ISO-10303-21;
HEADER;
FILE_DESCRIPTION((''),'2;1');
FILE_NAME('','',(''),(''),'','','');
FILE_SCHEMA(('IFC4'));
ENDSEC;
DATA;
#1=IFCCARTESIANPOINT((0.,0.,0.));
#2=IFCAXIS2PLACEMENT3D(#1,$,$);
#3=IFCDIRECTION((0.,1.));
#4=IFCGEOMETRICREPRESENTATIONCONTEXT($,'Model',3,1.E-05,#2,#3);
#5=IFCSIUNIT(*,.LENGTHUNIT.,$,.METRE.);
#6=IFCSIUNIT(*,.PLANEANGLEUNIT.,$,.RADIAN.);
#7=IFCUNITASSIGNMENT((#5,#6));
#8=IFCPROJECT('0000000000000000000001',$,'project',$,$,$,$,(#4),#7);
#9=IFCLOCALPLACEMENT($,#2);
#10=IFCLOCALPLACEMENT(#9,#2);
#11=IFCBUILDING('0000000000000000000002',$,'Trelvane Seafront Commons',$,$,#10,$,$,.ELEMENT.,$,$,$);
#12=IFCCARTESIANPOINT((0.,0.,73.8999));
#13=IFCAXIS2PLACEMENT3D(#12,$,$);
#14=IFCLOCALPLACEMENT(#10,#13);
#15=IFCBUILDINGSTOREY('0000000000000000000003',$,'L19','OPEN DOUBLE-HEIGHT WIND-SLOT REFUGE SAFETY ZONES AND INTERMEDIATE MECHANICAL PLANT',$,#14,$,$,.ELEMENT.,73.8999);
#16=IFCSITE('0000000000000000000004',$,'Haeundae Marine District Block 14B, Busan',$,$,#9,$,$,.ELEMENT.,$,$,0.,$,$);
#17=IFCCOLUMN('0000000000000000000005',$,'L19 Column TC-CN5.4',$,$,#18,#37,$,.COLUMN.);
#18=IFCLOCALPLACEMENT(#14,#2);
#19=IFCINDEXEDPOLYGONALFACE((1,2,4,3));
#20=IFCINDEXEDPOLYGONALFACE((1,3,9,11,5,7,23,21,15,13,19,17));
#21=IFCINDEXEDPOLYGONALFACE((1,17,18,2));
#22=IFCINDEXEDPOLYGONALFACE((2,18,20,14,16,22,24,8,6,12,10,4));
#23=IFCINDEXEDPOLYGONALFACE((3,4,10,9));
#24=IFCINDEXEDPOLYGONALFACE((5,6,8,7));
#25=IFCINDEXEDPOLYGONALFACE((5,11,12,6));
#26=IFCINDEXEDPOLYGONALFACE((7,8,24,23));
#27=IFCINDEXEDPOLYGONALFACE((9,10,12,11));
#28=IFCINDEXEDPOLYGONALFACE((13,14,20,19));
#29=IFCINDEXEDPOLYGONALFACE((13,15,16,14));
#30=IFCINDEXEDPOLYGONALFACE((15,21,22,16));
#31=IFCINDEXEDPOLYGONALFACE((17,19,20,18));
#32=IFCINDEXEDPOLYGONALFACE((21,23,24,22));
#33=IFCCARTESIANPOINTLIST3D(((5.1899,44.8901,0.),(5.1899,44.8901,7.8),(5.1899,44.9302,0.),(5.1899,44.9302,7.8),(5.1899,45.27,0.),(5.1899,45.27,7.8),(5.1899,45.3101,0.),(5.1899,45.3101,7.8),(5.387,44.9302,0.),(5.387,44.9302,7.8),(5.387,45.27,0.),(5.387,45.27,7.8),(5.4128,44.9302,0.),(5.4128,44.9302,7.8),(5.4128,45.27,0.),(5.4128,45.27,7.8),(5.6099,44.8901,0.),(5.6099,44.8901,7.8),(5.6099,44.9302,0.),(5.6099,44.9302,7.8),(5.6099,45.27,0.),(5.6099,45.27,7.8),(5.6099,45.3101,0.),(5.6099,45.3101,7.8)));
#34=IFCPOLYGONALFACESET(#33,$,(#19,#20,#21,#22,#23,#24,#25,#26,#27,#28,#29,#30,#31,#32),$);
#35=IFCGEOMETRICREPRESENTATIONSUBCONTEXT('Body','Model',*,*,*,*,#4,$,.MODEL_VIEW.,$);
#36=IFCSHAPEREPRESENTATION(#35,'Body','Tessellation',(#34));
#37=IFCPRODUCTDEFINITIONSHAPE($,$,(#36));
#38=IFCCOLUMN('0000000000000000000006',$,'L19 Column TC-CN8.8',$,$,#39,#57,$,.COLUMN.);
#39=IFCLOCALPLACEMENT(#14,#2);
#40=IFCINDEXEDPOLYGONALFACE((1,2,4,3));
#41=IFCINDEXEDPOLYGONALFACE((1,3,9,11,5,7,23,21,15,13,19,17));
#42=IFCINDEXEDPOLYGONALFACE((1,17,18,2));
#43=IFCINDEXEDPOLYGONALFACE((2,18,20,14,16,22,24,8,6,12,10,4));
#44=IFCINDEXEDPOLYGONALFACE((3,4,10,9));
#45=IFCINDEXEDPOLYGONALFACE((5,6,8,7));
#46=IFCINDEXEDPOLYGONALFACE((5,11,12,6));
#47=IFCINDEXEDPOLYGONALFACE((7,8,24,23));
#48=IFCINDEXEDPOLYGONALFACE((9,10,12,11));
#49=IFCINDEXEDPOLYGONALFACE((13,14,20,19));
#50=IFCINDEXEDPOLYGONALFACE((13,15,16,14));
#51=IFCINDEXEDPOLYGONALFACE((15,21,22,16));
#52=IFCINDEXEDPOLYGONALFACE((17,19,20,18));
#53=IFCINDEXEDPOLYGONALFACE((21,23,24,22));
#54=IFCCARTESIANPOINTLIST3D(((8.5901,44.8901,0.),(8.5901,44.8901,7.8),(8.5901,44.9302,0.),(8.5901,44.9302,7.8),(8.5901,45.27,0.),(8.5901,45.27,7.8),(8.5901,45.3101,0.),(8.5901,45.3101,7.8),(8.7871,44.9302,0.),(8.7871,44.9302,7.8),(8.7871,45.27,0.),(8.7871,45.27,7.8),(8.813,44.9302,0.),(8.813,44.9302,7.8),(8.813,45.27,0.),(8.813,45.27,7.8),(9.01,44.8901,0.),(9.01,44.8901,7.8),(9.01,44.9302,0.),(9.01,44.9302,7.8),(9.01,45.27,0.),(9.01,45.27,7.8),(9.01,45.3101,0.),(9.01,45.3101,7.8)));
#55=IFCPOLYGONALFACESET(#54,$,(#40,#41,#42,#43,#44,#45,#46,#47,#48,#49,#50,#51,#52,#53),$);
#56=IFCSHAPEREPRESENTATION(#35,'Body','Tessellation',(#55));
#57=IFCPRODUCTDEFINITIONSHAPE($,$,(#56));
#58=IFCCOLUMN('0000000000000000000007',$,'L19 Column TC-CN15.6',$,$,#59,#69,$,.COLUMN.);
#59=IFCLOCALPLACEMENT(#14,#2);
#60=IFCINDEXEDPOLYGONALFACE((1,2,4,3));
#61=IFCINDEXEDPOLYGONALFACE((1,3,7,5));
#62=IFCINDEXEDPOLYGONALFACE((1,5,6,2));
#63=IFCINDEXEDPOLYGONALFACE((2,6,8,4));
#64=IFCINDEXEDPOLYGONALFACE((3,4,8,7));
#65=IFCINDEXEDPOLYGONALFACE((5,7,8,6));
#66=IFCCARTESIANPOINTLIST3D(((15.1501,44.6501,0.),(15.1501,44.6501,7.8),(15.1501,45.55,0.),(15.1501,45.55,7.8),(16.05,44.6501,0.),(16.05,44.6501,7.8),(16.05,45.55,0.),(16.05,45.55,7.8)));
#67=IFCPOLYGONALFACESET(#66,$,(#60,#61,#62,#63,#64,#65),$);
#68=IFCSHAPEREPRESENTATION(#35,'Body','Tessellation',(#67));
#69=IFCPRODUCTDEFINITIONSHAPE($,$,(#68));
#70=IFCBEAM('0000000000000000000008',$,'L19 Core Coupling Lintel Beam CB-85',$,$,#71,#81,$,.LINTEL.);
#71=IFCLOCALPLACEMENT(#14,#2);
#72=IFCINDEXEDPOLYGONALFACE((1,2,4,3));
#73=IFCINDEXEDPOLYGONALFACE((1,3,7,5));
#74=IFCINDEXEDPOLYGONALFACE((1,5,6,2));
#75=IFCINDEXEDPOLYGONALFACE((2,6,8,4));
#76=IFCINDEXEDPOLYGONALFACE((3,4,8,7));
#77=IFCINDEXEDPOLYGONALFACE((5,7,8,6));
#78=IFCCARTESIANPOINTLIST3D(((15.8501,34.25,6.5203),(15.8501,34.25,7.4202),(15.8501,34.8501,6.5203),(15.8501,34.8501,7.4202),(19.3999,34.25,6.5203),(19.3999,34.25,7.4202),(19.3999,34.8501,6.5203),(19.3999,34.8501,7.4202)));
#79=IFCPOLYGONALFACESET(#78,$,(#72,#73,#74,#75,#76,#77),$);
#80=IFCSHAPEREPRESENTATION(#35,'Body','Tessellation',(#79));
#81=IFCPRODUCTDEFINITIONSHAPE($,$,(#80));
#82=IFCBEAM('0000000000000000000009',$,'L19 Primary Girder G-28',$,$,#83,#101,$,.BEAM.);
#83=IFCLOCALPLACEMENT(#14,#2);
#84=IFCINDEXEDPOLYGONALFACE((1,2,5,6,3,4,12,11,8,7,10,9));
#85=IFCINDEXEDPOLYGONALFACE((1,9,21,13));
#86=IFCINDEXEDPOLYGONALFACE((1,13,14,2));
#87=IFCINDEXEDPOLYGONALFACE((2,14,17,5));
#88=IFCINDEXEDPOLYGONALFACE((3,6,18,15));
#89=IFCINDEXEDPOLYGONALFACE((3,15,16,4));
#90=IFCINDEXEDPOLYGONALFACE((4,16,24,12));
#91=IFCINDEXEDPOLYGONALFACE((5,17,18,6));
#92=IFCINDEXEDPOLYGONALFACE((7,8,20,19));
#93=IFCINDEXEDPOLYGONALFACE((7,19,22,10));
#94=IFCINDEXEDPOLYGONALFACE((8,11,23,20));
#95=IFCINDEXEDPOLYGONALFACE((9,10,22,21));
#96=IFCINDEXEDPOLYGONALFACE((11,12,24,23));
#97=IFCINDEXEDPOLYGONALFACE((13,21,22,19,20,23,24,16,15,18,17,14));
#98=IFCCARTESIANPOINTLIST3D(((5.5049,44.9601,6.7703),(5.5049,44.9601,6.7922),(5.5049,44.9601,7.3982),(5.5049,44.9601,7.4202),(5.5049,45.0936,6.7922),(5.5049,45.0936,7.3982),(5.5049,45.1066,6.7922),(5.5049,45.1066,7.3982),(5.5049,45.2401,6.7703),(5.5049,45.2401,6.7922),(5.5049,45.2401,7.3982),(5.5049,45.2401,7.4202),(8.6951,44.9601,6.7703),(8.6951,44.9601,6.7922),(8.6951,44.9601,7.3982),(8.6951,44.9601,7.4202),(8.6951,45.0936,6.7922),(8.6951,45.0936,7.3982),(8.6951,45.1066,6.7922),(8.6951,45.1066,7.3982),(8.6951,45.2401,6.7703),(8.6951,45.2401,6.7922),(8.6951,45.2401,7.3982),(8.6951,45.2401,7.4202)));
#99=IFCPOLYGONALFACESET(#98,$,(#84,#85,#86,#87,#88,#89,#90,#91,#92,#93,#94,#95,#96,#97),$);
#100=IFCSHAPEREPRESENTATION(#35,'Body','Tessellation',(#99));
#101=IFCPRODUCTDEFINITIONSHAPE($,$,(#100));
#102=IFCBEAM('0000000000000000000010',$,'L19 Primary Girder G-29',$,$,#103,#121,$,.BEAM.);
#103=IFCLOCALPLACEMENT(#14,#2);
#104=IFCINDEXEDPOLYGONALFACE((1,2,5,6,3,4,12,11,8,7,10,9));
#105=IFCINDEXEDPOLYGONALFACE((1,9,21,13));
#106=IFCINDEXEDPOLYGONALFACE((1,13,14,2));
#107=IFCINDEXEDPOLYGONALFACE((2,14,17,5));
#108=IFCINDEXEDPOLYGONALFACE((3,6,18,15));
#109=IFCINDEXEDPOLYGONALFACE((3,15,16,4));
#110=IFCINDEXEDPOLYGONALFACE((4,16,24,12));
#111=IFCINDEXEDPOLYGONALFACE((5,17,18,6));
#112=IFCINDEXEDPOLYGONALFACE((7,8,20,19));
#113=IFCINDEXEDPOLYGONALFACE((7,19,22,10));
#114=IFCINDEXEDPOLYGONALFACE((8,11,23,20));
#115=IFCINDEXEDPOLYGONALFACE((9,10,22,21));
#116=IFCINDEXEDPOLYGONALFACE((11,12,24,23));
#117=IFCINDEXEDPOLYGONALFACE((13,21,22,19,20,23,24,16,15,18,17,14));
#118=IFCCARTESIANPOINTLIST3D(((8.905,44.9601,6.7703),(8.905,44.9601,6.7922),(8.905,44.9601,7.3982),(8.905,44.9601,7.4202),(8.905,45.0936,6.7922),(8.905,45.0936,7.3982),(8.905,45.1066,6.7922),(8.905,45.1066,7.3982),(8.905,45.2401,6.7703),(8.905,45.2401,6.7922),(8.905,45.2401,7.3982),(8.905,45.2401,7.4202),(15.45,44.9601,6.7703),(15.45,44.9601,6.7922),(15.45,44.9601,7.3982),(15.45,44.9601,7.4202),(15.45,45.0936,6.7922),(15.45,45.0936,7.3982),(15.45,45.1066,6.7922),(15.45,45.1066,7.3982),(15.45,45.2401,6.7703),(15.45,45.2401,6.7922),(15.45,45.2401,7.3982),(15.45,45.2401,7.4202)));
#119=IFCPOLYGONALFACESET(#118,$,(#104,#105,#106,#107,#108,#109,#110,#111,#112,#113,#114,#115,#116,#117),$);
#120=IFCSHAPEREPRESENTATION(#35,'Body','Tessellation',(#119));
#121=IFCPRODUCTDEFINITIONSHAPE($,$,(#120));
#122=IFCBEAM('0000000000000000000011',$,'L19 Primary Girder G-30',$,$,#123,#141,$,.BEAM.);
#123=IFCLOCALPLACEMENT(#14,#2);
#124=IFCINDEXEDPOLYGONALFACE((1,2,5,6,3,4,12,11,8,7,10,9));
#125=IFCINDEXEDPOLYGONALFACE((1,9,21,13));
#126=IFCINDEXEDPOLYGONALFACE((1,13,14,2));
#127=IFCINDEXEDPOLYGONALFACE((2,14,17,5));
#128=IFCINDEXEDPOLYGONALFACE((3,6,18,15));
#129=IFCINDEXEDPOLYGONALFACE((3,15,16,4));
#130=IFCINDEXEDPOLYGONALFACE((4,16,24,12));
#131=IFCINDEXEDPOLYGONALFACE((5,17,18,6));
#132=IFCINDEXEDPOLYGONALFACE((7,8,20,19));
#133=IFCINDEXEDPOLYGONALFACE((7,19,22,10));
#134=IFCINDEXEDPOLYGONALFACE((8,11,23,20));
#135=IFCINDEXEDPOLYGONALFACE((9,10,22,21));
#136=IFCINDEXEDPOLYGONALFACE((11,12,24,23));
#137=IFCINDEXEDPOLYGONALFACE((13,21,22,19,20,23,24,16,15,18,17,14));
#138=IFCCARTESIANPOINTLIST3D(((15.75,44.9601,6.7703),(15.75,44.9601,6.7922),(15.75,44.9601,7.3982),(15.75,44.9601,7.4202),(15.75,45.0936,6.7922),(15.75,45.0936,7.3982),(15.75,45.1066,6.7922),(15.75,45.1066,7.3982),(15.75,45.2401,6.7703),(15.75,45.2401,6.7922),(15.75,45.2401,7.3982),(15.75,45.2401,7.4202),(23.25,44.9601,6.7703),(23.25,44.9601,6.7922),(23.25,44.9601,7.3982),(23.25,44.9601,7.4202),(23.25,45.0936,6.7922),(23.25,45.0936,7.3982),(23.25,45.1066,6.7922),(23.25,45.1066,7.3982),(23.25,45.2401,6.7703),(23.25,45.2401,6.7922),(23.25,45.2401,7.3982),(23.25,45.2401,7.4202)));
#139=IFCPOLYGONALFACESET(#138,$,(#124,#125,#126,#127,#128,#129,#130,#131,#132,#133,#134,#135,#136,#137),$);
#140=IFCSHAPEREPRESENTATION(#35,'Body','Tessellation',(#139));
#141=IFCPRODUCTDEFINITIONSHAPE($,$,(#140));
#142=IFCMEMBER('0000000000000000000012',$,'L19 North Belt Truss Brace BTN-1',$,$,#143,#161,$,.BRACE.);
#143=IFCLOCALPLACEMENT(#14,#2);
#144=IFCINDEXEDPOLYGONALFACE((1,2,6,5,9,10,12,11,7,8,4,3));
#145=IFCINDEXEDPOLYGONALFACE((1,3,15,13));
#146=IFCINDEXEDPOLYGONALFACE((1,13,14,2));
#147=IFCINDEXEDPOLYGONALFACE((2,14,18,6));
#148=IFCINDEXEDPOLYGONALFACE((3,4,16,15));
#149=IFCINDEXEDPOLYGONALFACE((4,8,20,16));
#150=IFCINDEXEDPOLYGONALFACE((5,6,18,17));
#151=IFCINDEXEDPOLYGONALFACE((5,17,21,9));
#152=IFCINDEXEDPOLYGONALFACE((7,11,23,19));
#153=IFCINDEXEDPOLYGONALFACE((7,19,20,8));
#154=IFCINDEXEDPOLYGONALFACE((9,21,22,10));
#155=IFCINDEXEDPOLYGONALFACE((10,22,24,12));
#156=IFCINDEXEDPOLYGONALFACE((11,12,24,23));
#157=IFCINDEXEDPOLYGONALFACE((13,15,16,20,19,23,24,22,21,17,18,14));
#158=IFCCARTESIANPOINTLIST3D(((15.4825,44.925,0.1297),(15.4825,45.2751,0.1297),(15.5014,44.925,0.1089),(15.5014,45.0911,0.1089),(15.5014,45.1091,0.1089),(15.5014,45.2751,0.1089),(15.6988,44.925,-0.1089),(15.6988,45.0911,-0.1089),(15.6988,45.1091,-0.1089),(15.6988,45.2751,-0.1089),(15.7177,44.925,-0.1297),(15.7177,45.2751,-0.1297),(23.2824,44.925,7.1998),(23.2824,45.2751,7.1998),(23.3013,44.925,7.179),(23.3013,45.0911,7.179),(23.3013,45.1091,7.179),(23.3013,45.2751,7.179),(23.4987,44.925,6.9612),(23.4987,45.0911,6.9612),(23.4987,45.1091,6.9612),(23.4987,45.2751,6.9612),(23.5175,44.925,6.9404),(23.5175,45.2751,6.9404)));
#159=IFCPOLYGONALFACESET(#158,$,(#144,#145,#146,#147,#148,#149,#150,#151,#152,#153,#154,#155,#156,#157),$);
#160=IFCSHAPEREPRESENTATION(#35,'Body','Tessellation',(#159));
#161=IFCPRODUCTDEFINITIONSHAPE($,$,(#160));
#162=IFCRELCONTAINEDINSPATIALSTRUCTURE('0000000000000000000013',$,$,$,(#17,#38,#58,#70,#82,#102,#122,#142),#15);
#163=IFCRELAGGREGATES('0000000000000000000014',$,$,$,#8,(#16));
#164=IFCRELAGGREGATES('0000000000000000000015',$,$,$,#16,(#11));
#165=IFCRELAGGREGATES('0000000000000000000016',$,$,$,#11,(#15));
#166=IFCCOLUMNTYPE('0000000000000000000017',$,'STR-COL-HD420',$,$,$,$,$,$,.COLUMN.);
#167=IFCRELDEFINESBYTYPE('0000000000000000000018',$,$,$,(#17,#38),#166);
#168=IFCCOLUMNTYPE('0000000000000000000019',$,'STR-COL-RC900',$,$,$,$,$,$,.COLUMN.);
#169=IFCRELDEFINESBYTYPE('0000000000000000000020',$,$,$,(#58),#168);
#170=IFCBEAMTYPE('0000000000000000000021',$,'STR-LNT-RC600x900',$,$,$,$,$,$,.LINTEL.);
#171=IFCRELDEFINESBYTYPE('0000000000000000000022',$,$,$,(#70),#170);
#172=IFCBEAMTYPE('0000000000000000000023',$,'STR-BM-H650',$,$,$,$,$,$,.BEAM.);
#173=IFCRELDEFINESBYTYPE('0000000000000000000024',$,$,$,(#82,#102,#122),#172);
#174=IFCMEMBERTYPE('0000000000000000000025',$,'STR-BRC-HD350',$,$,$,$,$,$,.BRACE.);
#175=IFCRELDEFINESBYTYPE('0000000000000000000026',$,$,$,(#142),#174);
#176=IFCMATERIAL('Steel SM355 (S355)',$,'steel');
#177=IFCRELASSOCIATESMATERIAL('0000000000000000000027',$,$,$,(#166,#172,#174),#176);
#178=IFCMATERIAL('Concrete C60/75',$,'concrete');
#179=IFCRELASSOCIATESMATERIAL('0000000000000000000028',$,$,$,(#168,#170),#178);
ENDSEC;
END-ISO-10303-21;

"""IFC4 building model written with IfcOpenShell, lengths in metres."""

from ifc_helpers import new_model, si_unit, direction, frame, origin, origin_2d, place, context, subcontext, project, spatial, rectangle, i_section, extrude, source, transform, mapped, material, material_profile, profile_set, type_object, element, save


model = new_model("IFC4")

# Units and contexts
model_context = context("Model", 3, precision=1e-05, world=origin(), true_north=direction((0.0, 1.0)))
body_context = subcontext(model_context, "Body", "Model", "MODEL_VIEW")
ifc_project = project(units=[si_unit("LENGTHUNIT", "METRE"), si_unit("PLANEANGLEUNIT", "RADIAN")], contexts=[model_context])

# Site, building, storey
site_placement = place(None, origin())
site = spatial("IfcSite", under=ifc_project, at=site_placement, Name="Haeundae Marine District Block 14B, Busan", CompositionType="ELEMENT", RefElevation=0.0)
building_placement = place(site_placement, origin())
building = spatial("IfcBuilding", under=site, at=building_placement, Name="Trelvane Seafront Commons", CompositionType="ELEMENT")
storey_placement = place(building_placement, frame((0.0, 0.0, 73.8999)))
storey = spatial("IfcBuildingStorey", under=building, at=storey_placement, Name="L19", Description="OPEN DOUBLE-HEIGHT WIND-SLOT REFUGE SAFETY ZONES AND INTERMEDIATE MECHANICAL PLANT", CompositionType="ELEMENT", Elevation=73.8999)

# Columns
ifc_material_1 = material(Name="Steel SM355 (S355)", Category="steel")
ifc_material_profile_1 = material_profile(ifc_material_1, i_section(OverallWidth=0.4199, OverallDepth=0.4199, WebThickness=0.0259, FlangeThickness=0.04, at=origin_2d()), Name="HD-420x420x26x40")
ifc_profile_set_1 = profile_set([ifc_material_profile_1], Name="Steel SM355 (S355)")
column_type_1 = type_object("IfcColumnType", Name="STR-COL-HD420", PredefinedType="COLUMN", material=ifc_profile_set_1)
shared_shape_1 = source(origin(), body_context, "Body", "SweptSolid", [
    extrude(i_section(OverallWidth=0.4199, OverallDepth=0.4199, WebThickness=0.0259, FlangeThickness=0.04, at=origin_2d()), origin(), (0.0, 0.0, 1.0), 7.8),
])
for number, where, z_axis, x_axis, name in (
    (1, (5.3999, 45.1001, 0.0), (0.0, 0.0, 1.0), (1.0, 0.0, 0.0), "L19 Column TC-CN5.4"),
    (2, (8.8, 45.1001, 0.0), (0.0, 0.0, 1.0), (1.0, 0.0, 0.0), "L19 Column TC-CN8.8"),
):
    element("IfcColumn", number, at=place(storey_placement, frame(where, z_axis=z_axis, x_axis=x_axis)), inside=storey, type_object=column_type_1, Name=name, PredefinedType="COLUMN", context=body_context, shape_type="MappedRepresentation", body=[
        mapped(shared_shape_1, transform((0.0, 0.0, 0.0), x_axis=(1.0, 0.0, 0.0), y_axis=(0.0, 1.0, 0.0), z_axis=(0.0, 0.0, 1.0), scale=1.0)),
    ])
ifc_material_2 = material(Name="Concrete C60/75", Category="concrete")
ifc_material_profile_2 = material_profile(ifc_material_2, rectangle(XDim=0.8999, YDim=0.8999, at=origin_2d()), Name="RC-900x900")
ifc_profile_set_2 = profile_set([ifc_material_profile_2], Name="Concrete C60/75")
column_type_2 = type_object("IfcColumnType", Name="STR-COL-RC900", PredefinedType="COLUMN", material=ifc_profile_set_2)
shared_shape_2 = source(origin(), body_context, "Body", "SweptSolid", [
    extrude(rectangle(XDim=0.8999, YDim=0.8999, at=origin_2d()), origin(), (0.0, 0.0, 1.0), 7.8),
])
column_placement = place(storey_placement, frame((15.6001, 45.1001, 0.0), z_axis=(0.0, 0.0, 1.0), x_axis=(1.0, 0.0, 0.0)))
element("IfcColumn", 3, at=column_placement, inside=storey, type_object=column_type_2, Name="L19 Column TC-CN15.6", PredefinedType="COLUMN", context=body_context, shape_type="MappedRepresentation", body=[
    mapped(shared_shape_2, transform((0.0, 0.0, 0.0), x_axis=(1.0, 0.0, 0.0), y_axis=(0.0, 1.0, 0.0), z_axis=(0.0, 0.0, 1.0), scale=1.0)),
])

# Beams
ifc_material_profile_3 = material_profile(ifc_material_2, rectangle(XDim=0.6001, YDim=0.8999, at=origin_2d()), Name="RC-600x900")
ifc_profile_set_3 = profile_set([ifc_material_profile_3], Name="Concrete C60/75")
beam_type_1 = type_object("IfcBeamType", Name="STR-LNT-RC600x900", PredefinedType="LINTEL", material=ifc_profile_set_3)
shared_shape_3 = source(origin(), body_context, "Body", "SweptSolid", [
    extrude(rectangle(XDim=0.6001, YDim=0.8999, at=origin_2d()), origin(), (0.0, 0.0, 1.0), 3.5498),
])
beam_1_placement = place(storey_placement, frame((15.8501, 34.55, 6.9702), z_axis=(1.0, 0.0, 0.0), x_axis=(0.0, 1.0, 0.0)))
element("IfcBeam", 4, at=beam_1_placement, inside=storey, type_object=beam_type_1, Name="L19 Core Coupling Lintel Beam CB-85", PredefinedType="LINTEL", context=body_context, shape_type="MappedRepresentation", body=[
    mapped(shared_shape_3, transform((0.0, 0.0, 0.0), x_axis=(1.0, 0.0, 0.0), y_axis=(0.0, 1.0, 0.0), z_axis=(0.0, 0.0, 1.0), scale=1.0)),
])
ifc_material_profile_4 = material_profile(ifc_material_1, i_section(OverallWidth=0.28, OverallDepth=0.6499, WebThickness=0.0129, FlangeThickness=0.022, at=origin_2d()), Name="H-650x280x13x22")
ifc_profile_set_4 = profile_set([ifc_material_profile_4], Name="Steel SM355 (S355)")
beam_type_2 = type_object("IfcBeamType", Name="STR-BM-H650", PredefinedType="BEAM", material=ifc_profile_set_4)
shared_shape_4 = source(origin(), body_context, "Body", "SweptSolid", [
    extrude(i_section(OverallWidth=0.28, OverallDepth=0.6499, WebThickness=0.0129, FlangeThickness=0.022, at=origin_2d()), origin(), (0.0, 0.0, 1.0), 3.1902),
])
beam_2_placement = place(storey_placement, frame((5.5049, 45.1001, 7.0952), z_axis=(1.0, 0.0, 0.0), x_axis=(0.0, 1.0, 0.0)))
element("IfcBeam", 5, at=beam_2_placement, inside=storey, type_object=beam_type_2, Name="L19 Primary Girder G-28", PredefinedType="BEAM", context=body_context, shape_type="MappedRepresentation", body=[
    mapped(shared_shape_4, transform((0.0, 0.0, 0.0), x_axis=(1.0, 0.0, 0.0), y_axis=(0.0, 1.0, 0.0), z_axis=(0.0, 0.0, 1.0), scale=1.0)),
])
shared_shape_5 = source(origin(), body_context, "Body", "SweptSolid", [
    extrude(i_section(OverallWidth=0.28, OverallDepth=0.6499, WebThickness=0.0129, FlangeThickness=0.022, at=origin_2d()), origin(), (0.0, 0.0, 1.0), 6.5449),
])
beam_3_placement = place(storey_placement, frame((8.905, 45.1001, 7.0952), z_axis=(1.0, 0.0, 0.0), x_axis=(0.0, 1.0, 0.0)))
element("IfcBeam", 6, at=beam_3_placement, inside=storey, type_object=beam_type_2, Name="L19 Primary Girder G-29", PredefinedType="BEAM", context=body_context, shape_type="MappedRepresentation", body=[
    mapped(shared_shape_5, transform((0.0, 0.0, 0.0), x_axis=(1.0, 0.0, 0.0), y_axis=(0.0, 1.0, 0.0), z_axis=(0.0, 0.0, 1.0), scale=1.0)),
])
shared_shape_6 = source(origin(), body_context, "Body", "SweptSolid", [
    extrude(i_section(OverallWidth=0.28, OverallDepth=0.6499, WebThickness=0.0129, FlangeThickness=0.022, at=origin_2d()), origin(), (0.0, 0.0, 1.0), 7.5),
])
beam_4_placement = place(storey_placement, frame((15.75, 45.1001, 7.0952), z_axis=(1.0, 0.0, 0.0), x_axis=(0.0, 1.0, 0.0)))
element("IfcBeam", 7, at=beam_4_placement, inside=storey, type_object=beam_type_2, Name="L19 Primary Girder G-30", PredefinedType="BEAM", context=body_context, shape_type="MappedRepresentation", body=[
    mapped(shared_shape_6, transform((0.0, 0.0, 0.0), x_axis=(1.0, 0.0, 0.0), y_axis=(0.0, 1.0, 0.0), z_axis=(0.0, 0.0, 1.0), scale=1.0)),
])

# Member
ifc_material_profile_5 = material_profile(ifc_material_1, i_section(OverallWidth=0.3501, OverallDepth=0.3501, WebThickness=0.0181, FlangeThickness=0.0281, at=origin_2d()), Name="HD-350x350x18x28")
ifc_profile_set_5 = profile_set([ifc_material_profile_5], Name="Steel SM355 (S355)")
member_type = type_object("IfcMemberType", Name="STR-BRC-HD350", PredefinedType="BRACE", material=ifc_profile_set_5)
shared_shape_7 = source(origin(), body_context, "Body", "SweptSolid", [
    extrude(i_section(OverallWidth=0.3501, OverallDepth=0.3501, WebThickness=0.0181, FlangeThickness=0.0281, at=origin_2d()), origin(), (0.0, 0.0, 1.0), 10.5273),
])
member_placement = place(storey_placement, frame((15.6001, 45.1001, 0.0), z_axis=(0.740916, 0.0, 0.671597), x_axis=(0.0, 1.0, 0.0)))
element("IfcMember", 8, at=member_placement, inside=storey, type_object=member_type, Name="L19 North Belt Truss Brace BTN-1", PredefinedType="BRACE", context=body_context, shape_type="MappedRepresentation", body=[
    mapped(shared_shape_7, transform((0.0, 0.0, 0.0), x_axis=(1.0, 0.0, 0.0), y_axis=(0.0, 1.0, 0.0), z_axis=(0.0, 0.0, 1.0), scale=1.0)),
])

save(model, "model.ifc")
